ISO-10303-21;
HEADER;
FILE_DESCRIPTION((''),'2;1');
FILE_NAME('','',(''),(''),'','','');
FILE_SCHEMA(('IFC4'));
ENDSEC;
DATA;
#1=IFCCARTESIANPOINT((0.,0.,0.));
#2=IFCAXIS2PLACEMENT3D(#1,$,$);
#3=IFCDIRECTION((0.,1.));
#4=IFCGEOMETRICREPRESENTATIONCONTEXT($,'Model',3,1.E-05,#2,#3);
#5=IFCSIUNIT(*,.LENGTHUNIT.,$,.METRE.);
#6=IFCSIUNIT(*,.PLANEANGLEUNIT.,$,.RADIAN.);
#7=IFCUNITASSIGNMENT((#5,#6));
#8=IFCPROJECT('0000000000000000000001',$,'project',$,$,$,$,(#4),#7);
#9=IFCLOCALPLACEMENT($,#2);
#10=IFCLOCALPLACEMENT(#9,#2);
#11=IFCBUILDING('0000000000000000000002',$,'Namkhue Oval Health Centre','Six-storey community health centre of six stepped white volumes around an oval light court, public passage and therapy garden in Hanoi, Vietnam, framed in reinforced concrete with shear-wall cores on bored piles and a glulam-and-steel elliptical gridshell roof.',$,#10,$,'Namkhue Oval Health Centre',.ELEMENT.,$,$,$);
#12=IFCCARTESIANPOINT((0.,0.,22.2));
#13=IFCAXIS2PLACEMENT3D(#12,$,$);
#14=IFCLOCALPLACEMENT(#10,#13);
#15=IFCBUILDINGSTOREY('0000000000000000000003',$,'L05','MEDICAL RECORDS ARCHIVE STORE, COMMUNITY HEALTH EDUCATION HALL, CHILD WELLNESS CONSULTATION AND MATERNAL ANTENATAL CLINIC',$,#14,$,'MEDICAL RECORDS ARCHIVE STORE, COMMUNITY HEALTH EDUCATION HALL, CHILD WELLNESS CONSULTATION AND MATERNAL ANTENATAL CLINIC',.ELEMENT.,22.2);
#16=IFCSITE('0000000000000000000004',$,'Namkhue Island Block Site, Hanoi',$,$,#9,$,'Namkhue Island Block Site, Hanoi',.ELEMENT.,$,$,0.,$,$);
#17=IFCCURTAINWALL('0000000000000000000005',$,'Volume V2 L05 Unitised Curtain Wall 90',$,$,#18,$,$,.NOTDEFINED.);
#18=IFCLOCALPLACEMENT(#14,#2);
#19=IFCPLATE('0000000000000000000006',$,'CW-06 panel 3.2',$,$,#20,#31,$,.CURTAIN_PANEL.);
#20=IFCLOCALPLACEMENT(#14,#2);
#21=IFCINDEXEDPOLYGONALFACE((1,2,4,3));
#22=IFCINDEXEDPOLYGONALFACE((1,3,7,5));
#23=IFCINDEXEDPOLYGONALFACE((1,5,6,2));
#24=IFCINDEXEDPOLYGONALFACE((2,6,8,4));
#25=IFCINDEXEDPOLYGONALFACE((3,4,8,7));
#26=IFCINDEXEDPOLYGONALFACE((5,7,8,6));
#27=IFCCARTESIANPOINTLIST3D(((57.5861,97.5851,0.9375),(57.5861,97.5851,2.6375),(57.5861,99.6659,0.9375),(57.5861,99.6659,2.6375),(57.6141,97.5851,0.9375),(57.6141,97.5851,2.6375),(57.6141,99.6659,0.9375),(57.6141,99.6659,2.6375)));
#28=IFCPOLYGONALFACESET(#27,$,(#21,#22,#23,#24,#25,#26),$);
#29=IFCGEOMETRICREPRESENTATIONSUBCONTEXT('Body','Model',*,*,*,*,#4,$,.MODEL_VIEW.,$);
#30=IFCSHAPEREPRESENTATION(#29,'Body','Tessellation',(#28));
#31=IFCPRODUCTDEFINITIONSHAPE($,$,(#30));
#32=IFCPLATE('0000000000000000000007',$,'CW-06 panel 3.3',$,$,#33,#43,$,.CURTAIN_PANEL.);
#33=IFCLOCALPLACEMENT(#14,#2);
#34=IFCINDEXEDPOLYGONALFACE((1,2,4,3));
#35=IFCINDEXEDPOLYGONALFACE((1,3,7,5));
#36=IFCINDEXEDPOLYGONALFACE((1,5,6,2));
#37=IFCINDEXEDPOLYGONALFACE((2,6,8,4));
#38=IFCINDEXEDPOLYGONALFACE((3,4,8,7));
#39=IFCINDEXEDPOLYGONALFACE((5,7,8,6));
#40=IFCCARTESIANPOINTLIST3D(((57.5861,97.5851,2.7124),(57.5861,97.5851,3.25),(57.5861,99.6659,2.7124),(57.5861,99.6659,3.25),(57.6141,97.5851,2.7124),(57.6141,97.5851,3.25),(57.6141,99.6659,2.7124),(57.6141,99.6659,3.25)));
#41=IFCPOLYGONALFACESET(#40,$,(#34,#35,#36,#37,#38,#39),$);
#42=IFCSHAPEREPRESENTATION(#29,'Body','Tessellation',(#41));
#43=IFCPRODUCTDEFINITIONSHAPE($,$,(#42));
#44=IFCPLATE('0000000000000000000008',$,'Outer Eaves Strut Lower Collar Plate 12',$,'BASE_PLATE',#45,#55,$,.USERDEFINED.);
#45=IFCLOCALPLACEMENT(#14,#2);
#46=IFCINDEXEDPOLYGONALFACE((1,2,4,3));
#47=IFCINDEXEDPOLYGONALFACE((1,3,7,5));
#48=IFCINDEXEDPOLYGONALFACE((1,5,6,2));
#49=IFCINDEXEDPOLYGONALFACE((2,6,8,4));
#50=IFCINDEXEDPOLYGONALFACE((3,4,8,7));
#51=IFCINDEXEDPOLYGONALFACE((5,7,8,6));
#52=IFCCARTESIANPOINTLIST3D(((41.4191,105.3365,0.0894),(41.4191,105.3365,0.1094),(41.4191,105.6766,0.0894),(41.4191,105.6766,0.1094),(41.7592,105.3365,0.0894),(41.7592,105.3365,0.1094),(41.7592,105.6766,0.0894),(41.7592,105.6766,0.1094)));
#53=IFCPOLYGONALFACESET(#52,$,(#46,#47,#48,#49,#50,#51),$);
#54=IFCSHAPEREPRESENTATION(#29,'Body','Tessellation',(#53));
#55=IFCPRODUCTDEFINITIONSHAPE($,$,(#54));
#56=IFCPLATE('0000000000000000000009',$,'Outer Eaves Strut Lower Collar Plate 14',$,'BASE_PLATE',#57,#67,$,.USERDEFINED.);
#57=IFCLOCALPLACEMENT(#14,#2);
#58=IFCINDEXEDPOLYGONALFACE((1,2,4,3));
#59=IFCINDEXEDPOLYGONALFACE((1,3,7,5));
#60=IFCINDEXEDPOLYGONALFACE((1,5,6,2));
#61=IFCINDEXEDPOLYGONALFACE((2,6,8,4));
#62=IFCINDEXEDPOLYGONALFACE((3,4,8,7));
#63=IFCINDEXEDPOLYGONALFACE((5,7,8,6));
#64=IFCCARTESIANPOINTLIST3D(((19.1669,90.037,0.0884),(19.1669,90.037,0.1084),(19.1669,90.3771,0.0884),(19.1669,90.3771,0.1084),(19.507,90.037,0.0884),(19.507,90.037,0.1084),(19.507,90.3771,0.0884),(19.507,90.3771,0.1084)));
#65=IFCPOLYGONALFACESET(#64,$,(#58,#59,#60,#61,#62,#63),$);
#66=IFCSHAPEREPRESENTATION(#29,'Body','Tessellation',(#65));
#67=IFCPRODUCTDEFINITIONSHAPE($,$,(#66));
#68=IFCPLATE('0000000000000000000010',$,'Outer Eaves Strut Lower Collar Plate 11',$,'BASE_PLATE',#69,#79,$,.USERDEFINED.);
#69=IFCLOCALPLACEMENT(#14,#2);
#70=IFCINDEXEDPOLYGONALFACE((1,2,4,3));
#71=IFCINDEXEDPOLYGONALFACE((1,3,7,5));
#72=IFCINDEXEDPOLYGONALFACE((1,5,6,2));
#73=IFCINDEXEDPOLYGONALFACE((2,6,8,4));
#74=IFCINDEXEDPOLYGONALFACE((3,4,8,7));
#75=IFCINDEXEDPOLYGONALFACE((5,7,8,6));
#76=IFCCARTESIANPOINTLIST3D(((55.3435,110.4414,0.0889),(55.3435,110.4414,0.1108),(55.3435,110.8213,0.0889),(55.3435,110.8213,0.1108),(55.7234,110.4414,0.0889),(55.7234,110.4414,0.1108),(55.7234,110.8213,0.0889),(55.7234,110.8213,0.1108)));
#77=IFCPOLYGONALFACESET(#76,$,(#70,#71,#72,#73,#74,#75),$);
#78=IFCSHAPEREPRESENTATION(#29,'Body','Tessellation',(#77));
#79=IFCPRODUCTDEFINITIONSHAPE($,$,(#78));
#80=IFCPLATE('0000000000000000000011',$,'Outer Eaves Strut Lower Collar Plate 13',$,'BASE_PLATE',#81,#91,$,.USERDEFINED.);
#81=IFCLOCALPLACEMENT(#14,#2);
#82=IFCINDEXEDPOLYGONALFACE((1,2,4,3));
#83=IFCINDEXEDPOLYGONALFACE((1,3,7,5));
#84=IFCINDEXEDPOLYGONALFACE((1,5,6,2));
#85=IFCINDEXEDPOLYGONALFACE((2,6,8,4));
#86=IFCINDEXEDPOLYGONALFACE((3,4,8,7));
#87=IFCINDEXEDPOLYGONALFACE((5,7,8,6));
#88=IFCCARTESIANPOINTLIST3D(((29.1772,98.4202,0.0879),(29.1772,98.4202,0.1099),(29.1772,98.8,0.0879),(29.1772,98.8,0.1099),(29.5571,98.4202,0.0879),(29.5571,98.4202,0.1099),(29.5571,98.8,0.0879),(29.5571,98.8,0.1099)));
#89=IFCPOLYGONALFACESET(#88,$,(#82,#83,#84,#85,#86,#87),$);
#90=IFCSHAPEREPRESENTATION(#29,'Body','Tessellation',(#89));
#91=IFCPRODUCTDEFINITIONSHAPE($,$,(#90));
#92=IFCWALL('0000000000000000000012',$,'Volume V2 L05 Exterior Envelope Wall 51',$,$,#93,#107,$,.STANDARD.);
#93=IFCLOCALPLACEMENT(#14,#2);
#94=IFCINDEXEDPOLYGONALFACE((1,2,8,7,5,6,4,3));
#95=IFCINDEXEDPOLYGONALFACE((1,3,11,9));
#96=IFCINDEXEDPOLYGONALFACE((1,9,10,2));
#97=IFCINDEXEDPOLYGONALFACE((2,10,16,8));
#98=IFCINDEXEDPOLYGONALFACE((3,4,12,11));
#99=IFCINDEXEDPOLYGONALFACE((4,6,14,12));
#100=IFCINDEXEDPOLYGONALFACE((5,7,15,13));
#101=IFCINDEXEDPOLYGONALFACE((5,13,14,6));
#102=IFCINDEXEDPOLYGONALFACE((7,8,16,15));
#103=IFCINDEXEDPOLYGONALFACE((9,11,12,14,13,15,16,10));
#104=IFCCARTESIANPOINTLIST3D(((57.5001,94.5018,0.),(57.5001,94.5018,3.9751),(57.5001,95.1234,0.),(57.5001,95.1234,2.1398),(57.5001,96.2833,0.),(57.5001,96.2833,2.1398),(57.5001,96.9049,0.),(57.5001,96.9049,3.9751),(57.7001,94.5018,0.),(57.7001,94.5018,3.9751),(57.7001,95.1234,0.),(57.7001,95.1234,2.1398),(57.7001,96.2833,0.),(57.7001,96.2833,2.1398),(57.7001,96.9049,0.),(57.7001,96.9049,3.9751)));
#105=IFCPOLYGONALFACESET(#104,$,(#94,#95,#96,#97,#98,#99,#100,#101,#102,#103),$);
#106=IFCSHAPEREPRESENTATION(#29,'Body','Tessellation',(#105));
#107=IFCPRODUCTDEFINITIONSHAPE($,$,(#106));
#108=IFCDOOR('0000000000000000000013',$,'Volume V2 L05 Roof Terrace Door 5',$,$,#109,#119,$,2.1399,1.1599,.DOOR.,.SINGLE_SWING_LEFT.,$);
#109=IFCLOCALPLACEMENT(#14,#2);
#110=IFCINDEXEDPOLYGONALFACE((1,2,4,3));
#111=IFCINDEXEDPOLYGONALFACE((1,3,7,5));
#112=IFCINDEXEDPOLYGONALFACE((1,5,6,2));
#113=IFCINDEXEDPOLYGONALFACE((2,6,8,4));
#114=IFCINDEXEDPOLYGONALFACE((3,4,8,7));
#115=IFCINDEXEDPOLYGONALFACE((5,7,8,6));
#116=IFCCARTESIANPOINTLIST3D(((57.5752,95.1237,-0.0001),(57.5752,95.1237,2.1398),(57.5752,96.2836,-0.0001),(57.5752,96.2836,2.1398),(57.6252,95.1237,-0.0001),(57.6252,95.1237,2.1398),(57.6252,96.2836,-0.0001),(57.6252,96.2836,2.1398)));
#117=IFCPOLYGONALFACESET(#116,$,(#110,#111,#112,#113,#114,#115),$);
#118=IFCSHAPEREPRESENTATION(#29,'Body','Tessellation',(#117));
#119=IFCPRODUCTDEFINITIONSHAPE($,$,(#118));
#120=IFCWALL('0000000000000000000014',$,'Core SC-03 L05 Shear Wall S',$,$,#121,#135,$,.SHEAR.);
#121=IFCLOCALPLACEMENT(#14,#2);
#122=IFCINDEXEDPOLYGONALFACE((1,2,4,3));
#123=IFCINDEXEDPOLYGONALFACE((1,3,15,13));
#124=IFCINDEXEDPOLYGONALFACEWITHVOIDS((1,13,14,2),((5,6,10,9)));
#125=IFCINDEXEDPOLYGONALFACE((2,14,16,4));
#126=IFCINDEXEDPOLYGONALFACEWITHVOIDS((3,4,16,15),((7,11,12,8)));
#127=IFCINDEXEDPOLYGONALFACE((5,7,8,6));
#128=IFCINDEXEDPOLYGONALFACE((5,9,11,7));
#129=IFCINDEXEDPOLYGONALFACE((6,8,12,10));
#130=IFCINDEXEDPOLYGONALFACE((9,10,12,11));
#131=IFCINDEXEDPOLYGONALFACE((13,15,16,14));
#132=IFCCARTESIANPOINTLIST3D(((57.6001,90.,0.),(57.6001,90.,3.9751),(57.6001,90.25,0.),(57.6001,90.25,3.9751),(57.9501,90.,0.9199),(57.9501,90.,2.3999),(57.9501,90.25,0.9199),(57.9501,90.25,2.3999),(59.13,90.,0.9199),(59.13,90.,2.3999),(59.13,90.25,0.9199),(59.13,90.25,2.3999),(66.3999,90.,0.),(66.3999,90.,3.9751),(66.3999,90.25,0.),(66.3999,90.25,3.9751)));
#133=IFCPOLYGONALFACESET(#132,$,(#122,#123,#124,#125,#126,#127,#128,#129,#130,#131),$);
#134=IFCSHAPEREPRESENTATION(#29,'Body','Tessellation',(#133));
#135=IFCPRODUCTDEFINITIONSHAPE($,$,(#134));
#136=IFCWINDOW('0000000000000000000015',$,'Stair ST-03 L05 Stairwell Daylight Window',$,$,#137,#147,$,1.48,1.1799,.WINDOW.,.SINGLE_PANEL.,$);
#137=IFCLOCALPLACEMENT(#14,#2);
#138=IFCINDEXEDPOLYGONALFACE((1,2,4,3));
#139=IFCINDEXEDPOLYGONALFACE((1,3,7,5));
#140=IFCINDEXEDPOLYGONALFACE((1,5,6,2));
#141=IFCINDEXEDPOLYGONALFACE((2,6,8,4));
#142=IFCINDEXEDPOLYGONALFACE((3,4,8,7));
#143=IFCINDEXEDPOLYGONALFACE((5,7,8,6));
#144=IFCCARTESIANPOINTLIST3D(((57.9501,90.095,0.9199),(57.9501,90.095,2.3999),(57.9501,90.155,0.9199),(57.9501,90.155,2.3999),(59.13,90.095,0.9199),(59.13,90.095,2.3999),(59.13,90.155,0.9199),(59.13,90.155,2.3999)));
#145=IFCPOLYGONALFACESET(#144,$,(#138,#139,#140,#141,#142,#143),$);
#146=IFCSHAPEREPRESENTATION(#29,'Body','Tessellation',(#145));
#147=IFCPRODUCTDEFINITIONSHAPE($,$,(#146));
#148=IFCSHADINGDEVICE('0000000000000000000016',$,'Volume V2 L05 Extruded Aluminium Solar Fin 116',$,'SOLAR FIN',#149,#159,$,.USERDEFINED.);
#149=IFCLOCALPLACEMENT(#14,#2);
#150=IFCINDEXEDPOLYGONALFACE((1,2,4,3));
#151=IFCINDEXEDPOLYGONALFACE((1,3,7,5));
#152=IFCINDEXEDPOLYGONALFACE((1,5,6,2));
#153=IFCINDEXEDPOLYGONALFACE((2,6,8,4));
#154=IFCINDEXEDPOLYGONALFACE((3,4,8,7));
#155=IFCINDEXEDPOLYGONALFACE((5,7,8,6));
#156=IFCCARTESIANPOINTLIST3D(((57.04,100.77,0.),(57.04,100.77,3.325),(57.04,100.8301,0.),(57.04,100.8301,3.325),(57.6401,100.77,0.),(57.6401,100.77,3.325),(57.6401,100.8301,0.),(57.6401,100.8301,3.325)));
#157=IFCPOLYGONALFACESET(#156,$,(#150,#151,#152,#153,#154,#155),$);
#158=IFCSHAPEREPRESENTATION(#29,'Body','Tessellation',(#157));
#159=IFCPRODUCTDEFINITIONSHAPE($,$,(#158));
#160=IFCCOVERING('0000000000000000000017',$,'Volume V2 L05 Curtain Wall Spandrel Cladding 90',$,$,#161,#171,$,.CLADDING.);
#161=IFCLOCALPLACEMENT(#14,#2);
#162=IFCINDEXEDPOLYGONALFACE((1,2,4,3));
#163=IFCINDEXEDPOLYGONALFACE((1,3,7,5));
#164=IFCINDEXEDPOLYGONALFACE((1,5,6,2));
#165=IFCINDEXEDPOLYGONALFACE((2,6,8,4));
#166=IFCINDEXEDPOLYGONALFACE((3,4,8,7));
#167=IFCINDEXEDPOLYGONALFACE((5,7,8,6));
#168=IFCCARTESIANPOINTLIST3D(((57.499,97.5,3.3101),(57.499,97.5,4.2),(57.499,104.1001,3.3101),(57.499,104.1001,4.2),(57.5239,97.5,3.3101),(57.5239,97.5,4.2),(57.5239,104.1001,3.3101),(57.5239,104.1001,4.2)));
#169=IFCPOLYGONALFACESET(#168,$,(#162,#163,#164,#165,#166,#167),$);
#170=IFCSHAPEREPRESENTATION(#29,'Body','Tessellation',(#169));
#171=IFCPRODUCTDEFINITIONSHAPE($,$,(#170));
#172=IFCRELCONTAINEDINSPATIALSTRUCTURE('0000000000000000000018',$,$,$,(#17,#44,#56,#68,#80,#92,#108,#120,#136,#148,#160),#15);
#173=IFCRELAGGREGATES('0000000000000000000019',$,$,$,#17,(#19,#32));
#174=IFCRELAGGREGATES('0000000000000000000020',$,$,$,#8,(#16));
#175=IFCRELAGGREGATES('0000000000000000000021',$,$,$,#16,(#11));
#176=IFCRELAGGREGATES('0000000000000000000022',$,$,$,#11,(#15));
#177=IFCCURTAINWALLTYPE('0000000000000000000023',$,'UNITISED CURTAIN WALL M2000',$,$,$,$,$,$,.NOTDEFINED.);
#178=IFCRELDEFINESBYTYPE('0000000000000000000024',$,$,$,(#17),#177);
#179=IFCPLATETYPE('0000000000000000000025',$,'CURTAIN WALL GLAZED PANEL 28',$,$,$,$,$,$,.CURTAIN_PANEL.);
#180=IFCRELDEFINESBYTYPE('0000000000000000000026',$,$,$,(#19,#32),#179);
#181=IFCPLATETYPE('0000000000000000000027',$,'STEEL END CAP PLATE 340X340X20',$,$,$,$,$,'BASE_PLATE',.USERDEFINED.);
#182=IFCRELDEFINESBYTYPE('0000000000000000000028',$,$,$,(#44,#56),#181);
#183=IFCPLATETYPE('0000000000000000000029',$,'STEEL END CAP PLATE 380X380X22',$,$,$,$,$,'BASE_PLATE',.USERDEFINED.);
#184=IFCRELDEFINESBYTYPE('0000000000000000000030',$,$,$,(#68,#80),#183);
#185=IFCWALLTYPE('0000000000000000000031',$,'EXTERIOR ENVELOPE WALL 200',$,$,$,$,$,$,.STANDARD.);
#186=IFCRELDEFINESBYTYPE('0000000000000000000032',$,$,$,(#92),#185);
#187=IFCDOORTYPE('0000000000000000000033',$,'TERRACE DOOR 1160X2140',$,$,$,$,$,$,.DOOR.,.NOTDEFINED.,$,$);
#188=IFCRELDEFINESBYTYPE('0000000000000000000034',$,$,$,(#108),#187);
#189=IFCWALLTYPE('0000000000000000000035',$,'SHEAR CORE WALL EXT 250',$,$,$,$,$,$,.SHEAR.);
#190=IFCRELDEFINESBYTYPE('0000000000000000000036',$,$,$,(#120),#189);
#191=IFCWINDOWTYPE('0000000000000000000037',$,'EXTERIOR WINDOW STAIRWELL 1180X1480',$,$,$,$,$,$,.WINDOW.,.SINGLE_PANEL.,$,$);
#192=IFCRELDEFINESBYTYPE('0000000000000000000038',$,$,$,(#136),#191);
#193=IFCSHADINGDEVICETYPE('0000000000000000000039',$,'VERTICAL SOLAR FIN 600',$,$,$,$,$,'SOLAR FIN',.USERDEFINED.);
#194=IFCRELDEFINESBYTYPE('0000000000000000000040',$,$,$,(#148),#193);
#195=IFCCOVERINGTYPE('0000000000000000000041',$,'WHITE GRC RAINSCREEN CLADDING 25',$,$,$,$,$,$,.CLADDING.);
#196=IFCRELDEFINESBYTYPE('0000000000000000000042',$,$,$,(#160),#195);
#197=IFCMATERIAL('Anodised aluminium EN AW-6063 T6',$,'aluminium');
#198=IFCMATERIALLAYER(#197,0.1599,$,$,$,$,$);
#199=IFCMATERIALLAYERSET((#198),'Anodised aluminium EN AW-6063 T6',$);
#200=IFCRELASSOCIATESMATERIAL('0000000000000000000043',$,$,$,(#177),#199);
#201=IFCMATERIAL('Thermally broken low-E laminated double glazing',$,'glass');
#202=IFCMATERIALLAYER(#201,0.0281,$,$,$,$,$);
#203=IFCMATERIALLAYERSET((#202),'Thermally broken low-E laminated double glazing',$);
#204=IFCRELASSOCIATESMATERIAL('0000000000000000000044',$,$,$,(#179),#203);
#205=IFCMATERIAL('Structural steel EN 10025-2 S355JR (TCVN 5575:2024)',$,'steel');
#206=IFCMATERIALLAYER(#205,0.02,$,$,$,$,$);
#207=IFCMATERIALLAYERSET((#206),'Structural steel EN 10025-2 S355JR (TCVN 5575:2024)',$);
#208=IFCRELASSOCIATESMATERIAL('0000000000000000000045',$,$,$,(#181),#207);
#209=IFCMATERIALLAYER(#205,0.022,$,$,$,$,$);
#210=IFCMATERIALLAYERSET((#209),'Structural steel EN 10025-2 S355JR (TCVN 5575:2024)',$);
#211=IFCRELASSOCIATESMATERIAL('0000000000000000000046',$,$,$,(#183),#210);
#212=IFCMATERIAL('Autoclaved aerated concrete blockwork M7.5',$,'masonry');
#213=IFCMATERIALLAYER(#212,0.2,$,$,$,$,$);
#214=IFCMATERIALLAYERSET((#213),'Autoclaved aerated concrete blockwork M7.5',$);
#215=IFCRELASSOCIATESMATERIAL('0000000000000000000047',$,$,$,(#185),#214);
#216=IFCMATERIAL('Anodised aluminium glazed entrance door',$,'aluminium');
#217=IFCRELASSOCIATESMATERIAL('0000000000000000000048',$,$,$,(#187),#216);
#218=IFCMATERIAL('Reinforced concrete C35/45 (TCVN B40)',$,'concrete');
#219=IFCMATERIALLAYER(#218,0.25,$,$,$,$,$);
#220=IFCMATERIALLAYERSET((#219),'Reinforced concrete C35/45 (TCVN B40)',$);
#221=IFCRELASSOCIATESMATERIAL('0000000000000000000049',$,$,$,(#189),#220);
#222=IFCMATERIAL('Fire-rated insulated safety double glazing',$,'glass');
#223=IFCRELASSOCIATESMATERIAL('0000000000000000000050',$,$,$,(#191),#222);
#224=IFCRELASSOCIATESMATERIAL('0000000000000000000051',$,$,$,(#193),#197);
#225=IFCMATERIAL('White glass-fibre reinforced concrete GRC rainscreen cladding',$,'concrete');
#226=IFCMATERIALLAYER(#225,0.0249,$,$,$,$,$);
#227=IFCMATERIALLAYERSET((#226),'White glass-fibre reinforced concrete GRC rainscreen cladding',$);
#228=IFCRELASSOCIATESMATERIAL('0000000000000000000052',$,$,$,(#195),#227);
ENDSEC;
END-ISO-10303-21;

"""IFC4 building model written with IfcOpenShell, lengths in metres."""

from ifc_helpers import new_model, si_unit, direction, frame, frame_2d, origin, origin_2d, place, context, subcontext, project, spatial, rectangle, extrude, material, layer, layer_set, type_object, element, fill, aggregate, save


model = new_model("IFC4")

# Units and contexts
model_context = context("Model", 3, precision=1e-05, world=origin(), true_north=direction((0.0, 1.0)))
body_context = subcontext(model_context, "Body", "Model", "MODEL_VIEW")
ifc_project = project(units=[si_unit("LENGTHUNIT", "METRE"), si_unit("PLANEANGLEUNIT", "RADIAN")], contexts=[model_context])

# Site, building, storey
site_placement = place(None, origin())
site = spatial("IfcSite", under=ifc_project, at=site_placement, Name="Namkhue Island Block Site, Hanoi", LongName="Namkhue Island Block Site, Hanoi", CompositionType="ELEMENT", RefElevation=0.0)
building_placement = place(site_placement, origin())
building = spatial("IfcBuilding", under=site, at=building_placement, Name="Namkhue Oval Health Centre", Description="Six-storey community health centre of six stepped white volumes around an oval light court, public passage and therapy garden in Hanoi, Vietnam, framed in reinforced concrete with shear-wall cores on bored piles and a glulam-and-steel elliptical gridshell roof.", LongName="Namkhue Oval Health Centre", CompositionType="ELEMENT")
storey_placement = place(building_placement, frame((0.0, 0.0, 22.2)))
storey = spatial("IfcBuildingStorey", under=building, at=storey_placement, Name="L05", Description="MEDICAL RECORDS ARCHIVE STORE, COMMUNITY HEALTH EDUCATION HALL, CHILD WELLNESS CONSULTATION AND MATERNAL ANTENATAL CLINIC", LongName="MEDICAL RECORDS ARCHIVE STORE, COMMUNITY HEALTH EDUCATION HALL, CHILD WELLNESS CONSULTATION AND MATERNAL ANTENATAL CLINIC", CompositionType="ELEMENT", Elevation=22.2)

# Shared definitions
ifc_material_1 = material(Name="Reinforced concrete C35/45 (TCVN B40)", Category="concrete")

# Shared definitions
ifc_material_2 = material(Name="Structural steel EN 10025-2 S355JR (TCVN 5575:2024)", Category="steel")

# Curtain wall
ifc_material_3 = material(Name="Anodised aluminium EN AW-6063 T6", Category="aluminium")
ifc_layer_1 = layer(ifc_material_3, 0.1599)
ifc_layer_set_1 = layer_set([ifc_layer_1], Name="Anodised aluminium EN AW-6063 T6")
curtain_wall_type = type_object("IfcCurtainWallType", Name="UNITISED CURTAIN WALL M2000", PredefinedType="NOTDEFINED", material=ifc_layer_set_1)
curtain_wall_placement = place(storey_placement, origin())
curtain_wall = element("IfcCurtainWall", 1, at=curtain_wall_placement, inside=storey, type_object=curtain_wall_type, Name="Volume V2 L05 Unitised Curtain Wall 90", PredefinedType="NOTDEFINED")

# Plates
ifc_material_4 = material(Name="Thermally broken low-E laminated double glazing", Category="glass")
ifc_layer_2 = layer(ifc_material_4, 0.0281)
ifc_layer_set_2 = layer_set([ifc_layer_2], Name="Thermally broken low-E laminated double glazing")
plate_type_1 = type_object("IfcPlateType", Name="CURTAIN WALL GLAZED PANEL 28", PredefinedType="CURTAIN_PANEL", material=ifc_layer_set_2)
plate_1_placement = place(storey_placement, frame((57.6001, 98.6255, 0.9375), z_axis=(0.0, 0.0, 1.0), x_axis=(0.0, -1.0, 0.0)))
plate_1 = element("IfcPlate", 2, at=plate_1_placement, type_object=plate_type_1, Name="CW-06 panel 3.2", PredefinedType="CURTAIN_PANEL", context=body_context, shape_type="SweptSolid", body=[
    extrude(rectangle(XDim=2.0808, YDim=0.0281, at=origin_2d()), origin(), (0.0, 0.0, 1.0), 1.7),
])
plate_2_placement = place(storey_placement, frame((57.6001, 98.6255, 2.7124), z_axis=(0.0, 0.0, 1.0), x_axis=(0.0, -1.0, 0.0)))
plate_2 = element("IfcPlate", 3, at=plate_2_placement, type_object=plate_type_1, Name="CW-06 panel 3.3", PredefinedType="CURTAIN_PANEL", context=body_context, shape_type="SweptSolid", body=[
    extrude(rectangle(XDim=2.0808, YDim=0.0281, at=origin_2d()), origin(), (0.0, 0.0, 1.0), 0.5376),
])
aggregate(curtain_wall, [plate_1, plate_2])

# Plates
ifc_layer_3 = layer(ifc_material_2, 0.02)
ifc_layer_set_3 = layer_set([ifc_layer_3], Name="Structural steel EN 10025-2 S355JR (TCVN 5575:2024)")
plate_type_2 = type_object("IfcPlateType", Name="STEEL END CAP PLATE 340X340X20", ElementType="BASE_PLATE", PredefinedType="USERDEFINED", material=ifc_layer_set_3)
for number, where, z_axis, x_axis, name in (
    (4, (41.5891, 105.5066, 0.0894), (0.0, 0.0, 1.0), (1.0, 0.0, 0.0), "Outer Eaves Strut Lower Collar Plate 12"),
    (5, (19.3369, 90.207, 0.0884), (0.0, 0.0, 1.0), (1.0, 0.0, 0.0), "Outer Eaves Strut Lower Collar Plate 14"),
):
    element("IfcPlate", number, at=place(storey_placement, frame(where, z_axis=z_axis, x_axis=x_axis)), inside=storey, type_object=plate_type_2, Name=name, ObjectType="BASE_PLATE", PredefinedType="USERDEFINED", context=body_context, shape_type="SweptSolid", body=[
        extrude(rectangle(XDim=0.3401, YDim=0.3401, at=origin_2d()), origin(), (0.0, 0.0, 1.0), 0.02),
    ])
ifc_layer_4 = layer(ifc_material_2, 0.022)
ifc_layer_set_4 = layer_set([ifc_layer_4], Name="Structural steel EN 10025-2 S355JR (TCVN 5575:2024)")
plate_type_3 = type_object("IfcPlateType", Name="STEEL END CAP PLATE 380X380X22", ElementType="BASE_PLATE", PredefinedType="USERDEFINED", material=ifc_layer_set_4)
for number, where, z_axis, x_axis, name in (
    (6, (55.5334, 110.6313, 0.0889), (0.0, 0.0, 1.0), (1.0, 0.0, 0.0), "Outer Eaves Strut Lower Collar Plate 11"),
    (7, (29.3672, 98.6101, 0.0879), (0.0, 0.0, 1.0), (1.0, 0.0, 0.0), "Outer Eaves Strut Lower Collar Plate 13"),
):
    element("IfcPlate", number, at=place(storey_placement, frame(where, z_axis=z_axis, x_axis=x_axis)), inside=storey, type_object=plate_type_3, Name=name, ObjectType="BASE_PLATE", PredefinedType="USERDEFINED", context=body_context, shape_type="SweptSolid", body=[
        extrude(rectangle(XDim=0.3799, YDim=0.3799, at=origin_2d()), origin(), (0.0, 0.0, 1.0), 0.022),
    ])

# Wall, opening, door
ifc_material_5 = material(Name="Autoclaved aerated concrete blockwork M7.5", Category="masonry")
ifc_layer_5 = layer(ifc_material_5, 0.2)
ifc_layer_set_5 = layer_set([ifc_layer_5], Name="Autoclaved aerated concrete blockwork M7.5")
wall_type_1 = type_object("IfcWallType", Name="EXTERIOR ENVELOPE WALL 200", PredefinedType="STANDARD", material=ifc_layer_set_5)
wall_1_placement = place(storey_placement, frame((57.6001, 96.905, 0.0), z_axis=(0.0, 0.0, 1.0), x_axis=(0.0, -1.0, 0.0)))
wall_1 = element("IfcWall", 8, at=wall_1_placement, inside=storey, type_object=wall_type_1, Name="Volume V2 L05 Exterior Envelope Wall 51", PredefinedType="STANDARD", context=body_context, shape_type="SweptSolid", body=[
    extrude(rectangle(XDim=2.4031, YDim=0.2, at=frame_2d((1.2017, 0.0))), origin(), (0.0, 0.0, 1.0), 3.9751),
])
opening_1_placement = place(wall_1_placement, frame((0.6216, 0.0, 0.0)))
opening_1 = element("IfcOpeningElement", 9, at=opening_1_placement, cuts=wall_1, PredefinedType="OPENING", context=body_context, shape_type="SweptSolid", body=[
    extrude(rectangle(XDim=1.1599, YDim=2.1399, at=frame_2d((0.5801, 1.0698))), frame((0.0, 0.1099, 0.0), z_axis=(0.0, -1.0, 0.0), x_axis=(1.0, 0.0, 0.0)), (0.0, 0.0, 1.0), 0.22),
])
ifc_material_6 = material(Name="Anodised aluminium glazed entrance door", Category="aluminium")
door_type = type_object("IfcDoorType", Name="TERRACE DOOR 1160X2140", OperationType="NOTDEFINED", PredefinedType="DOOR", material=ifc_material_6)
door_placement = place(opening_1_placement, frame((1.1599, 0.0, 0.0), z_axis=(0.0, 0.0, 1.0), x_axis=(-1.0, 0.0, 0.0)))
door = element("IfcDoor", 10, at=door_placement, inside=storey, type_object=door_type, Name="Volume V2 L05 Roof Terrace Door 5", OperationType="SINGLE_SWING_LEFT", OverallHeight=2.1399, OverallWidth=1.1599, PredefinedType="DOOR", context=body_context, shape_type="SweptSolid", body=[
    extrude(rectangle(XDim=1.1599, YDim=2.1399, at=frame_2d((0.5801, 1.0698))), frame((0.0, 0.0249, 0.0), z_axis=(0.0, -1.0, 0.0), x_axis=(1.0, 0.0, 0.0)), (0.0, 0.0, 1.0), 0.05),
])
fill(opening_1, door)

# Wall, opening, window
ifc_layer_6 = layer(ifc_material_1, 0.25)
ifc_layer_set_6 = layer_set([ifc_layer_6], Name="Reinforced concrete C35/45 (TCVN B40)")
wall_type_2 = type_object("IfcWallType", Name="SHEAR CORE WALL EXT 250", PredefinedType="SHEAR", material=ifc_layer_set_6)
wall_2_placement = place(storey_placement, frame((57.6001, 90.125, 0.0), z_axis=(0.0, 0.0, 1.0), x_axis=(1.0, 0.0, 0.0)))
wall_2 = element("IfcWall", 11, at=wall_2_placement, inside=storey, type_object=wall_type_2, Name="Core SC-03 L05 Shear Wall S", PredefinedType="SHEAR", context=body_context, shape_type="SweptSolid", body=[
    extrude(rectangle(XDim=8.7998, YDim=0.25, at=frame_2d((4.3999, 0.0))), origin(), (0.0, 0.0, 1.0), 3.9751),
])
opening_2_placement = place(wall_2_placement, frame((0.3501, 0.0, 0.9199)))
opening_2 = element("IfcOpeningElement", 12, at=opening_2_placement, cuts=wall_2, PredefinedType="OPENING", context=body_context, shape_type="SweptSolid", body=[
    extrude(rectangle(XDim=1.1799, YDim=1.48, at=frame_2d((0.5898, 0.74))), frame((0.0, 0.135, 0.0), z_axis=(0.0, -1.0, 0.0), x_axis=(1.0, 0.0, 0.0)), (0.0, 0.0, 1.0), 0.27),
])
ifc_material_7 = material(Name="Fire-rated insulated safety double glazing", Category="glass")
window_type = type_object("IfcWindowType", Name="EXTERIOR WINDOW STAIRWELL 1180X1480", PartitioningType="SINGLE_PANEL", PredefinedType="WINDOW", material=ifc_material_7)
window_placement = place(opening_2_placement, origin())
window = element("IfcWindow", 13, at=window_placement, inside=storey, type_object=window_type, Name="Stair ST-03 L05 Stairwell Daylight Window", OverallHeight=1.48, OverallWidth=1.1799, PartitioningType="SINGLE_PANEL", PredefinedType="WINDOW", context=body_context, shape_type="SweptSolid", body=[
    extrude(rectangle(XDim=1.1799, YDim=1.48, at=frame_2d((0.5898, 0.74))), frame((0.0, 0.03, 0.0), z_axis=(0.0, -1.0, 0.0), x_axis=(1.0, 0.0, 0.0)), (0.0, 0.0, 1.0), 0.0601),
])
fill(opening_2, window)

# Shading device
shading_device_type = type_object("IfcShadingDeviceType", Name="VERTICAL SOLAR FIN 600", ElementType="SOLAR FIN", PredefinedType="USERDEFINED", material=ifc_material_3)
shading_device_placement = place(storey_placement, frame((57.3401, 100.8, 0.0), z_axis=(0.0, 0.0, 1.0), x_axis=(-1.0, 0.0, 0.0)))
element("IfcShadingDevice", 14, at=shading_device_placement, inside=storey, type_object=shading_device_type, Name="Volume V2 L05 Extruded Aluminium Solar Fin 116", ObjectType="SOLAR FIN", PredefinedType="USERDEFINED", context=body_context, shape_type="SweptSolid", body=[
    extrude(rectangle(XDim=0.6001, YDim=0.0601, at=origin_2d()), origin(), (0.0, 0.0, 1.0), 3.325),
])

# Covering
ifc_material_8 = material(Name="White glass-fibre reinforced concrete GRC rainscreen cladding", Category="concrete")
ifc_layer_7 = layer(ifc_material_8, 0.0249)
ifc_layer_set_7 = layer_set([ifc_layer_7], Name="White glass-fibre reinforced concrete GRC rainscreen cladding")
covering_type = type_object("IfcCoveringType", Name="WHITE GRC RAINSCREEN CLADDING 25", PredefinedType="CLADDING", material=ifc_layer_set_7)
covering_1_placement = place(storey_placement, frame((57.5115, 100.8, 3.3101), z_axis=(0.0, 0.0, 1.0), x_axis=(0.0, -1.0, 0.0)))
element("IfcCovering", 15, at=covering_1_placement, inside=storey, type_object=covering_type, Name="Volume V2 L05 Curtain Wall Spandrel Cladding 90", PredefinedType="CLADDING", context=body_context, shape_type="SweptSolid", body=[
    extrude(rectangle(XDim=6.6001, YDim=0.0249, at=origin_2d()), origin(), (0.0, 0.0, 1.0), 0.8899),
])

save(model, "model.ifc")
